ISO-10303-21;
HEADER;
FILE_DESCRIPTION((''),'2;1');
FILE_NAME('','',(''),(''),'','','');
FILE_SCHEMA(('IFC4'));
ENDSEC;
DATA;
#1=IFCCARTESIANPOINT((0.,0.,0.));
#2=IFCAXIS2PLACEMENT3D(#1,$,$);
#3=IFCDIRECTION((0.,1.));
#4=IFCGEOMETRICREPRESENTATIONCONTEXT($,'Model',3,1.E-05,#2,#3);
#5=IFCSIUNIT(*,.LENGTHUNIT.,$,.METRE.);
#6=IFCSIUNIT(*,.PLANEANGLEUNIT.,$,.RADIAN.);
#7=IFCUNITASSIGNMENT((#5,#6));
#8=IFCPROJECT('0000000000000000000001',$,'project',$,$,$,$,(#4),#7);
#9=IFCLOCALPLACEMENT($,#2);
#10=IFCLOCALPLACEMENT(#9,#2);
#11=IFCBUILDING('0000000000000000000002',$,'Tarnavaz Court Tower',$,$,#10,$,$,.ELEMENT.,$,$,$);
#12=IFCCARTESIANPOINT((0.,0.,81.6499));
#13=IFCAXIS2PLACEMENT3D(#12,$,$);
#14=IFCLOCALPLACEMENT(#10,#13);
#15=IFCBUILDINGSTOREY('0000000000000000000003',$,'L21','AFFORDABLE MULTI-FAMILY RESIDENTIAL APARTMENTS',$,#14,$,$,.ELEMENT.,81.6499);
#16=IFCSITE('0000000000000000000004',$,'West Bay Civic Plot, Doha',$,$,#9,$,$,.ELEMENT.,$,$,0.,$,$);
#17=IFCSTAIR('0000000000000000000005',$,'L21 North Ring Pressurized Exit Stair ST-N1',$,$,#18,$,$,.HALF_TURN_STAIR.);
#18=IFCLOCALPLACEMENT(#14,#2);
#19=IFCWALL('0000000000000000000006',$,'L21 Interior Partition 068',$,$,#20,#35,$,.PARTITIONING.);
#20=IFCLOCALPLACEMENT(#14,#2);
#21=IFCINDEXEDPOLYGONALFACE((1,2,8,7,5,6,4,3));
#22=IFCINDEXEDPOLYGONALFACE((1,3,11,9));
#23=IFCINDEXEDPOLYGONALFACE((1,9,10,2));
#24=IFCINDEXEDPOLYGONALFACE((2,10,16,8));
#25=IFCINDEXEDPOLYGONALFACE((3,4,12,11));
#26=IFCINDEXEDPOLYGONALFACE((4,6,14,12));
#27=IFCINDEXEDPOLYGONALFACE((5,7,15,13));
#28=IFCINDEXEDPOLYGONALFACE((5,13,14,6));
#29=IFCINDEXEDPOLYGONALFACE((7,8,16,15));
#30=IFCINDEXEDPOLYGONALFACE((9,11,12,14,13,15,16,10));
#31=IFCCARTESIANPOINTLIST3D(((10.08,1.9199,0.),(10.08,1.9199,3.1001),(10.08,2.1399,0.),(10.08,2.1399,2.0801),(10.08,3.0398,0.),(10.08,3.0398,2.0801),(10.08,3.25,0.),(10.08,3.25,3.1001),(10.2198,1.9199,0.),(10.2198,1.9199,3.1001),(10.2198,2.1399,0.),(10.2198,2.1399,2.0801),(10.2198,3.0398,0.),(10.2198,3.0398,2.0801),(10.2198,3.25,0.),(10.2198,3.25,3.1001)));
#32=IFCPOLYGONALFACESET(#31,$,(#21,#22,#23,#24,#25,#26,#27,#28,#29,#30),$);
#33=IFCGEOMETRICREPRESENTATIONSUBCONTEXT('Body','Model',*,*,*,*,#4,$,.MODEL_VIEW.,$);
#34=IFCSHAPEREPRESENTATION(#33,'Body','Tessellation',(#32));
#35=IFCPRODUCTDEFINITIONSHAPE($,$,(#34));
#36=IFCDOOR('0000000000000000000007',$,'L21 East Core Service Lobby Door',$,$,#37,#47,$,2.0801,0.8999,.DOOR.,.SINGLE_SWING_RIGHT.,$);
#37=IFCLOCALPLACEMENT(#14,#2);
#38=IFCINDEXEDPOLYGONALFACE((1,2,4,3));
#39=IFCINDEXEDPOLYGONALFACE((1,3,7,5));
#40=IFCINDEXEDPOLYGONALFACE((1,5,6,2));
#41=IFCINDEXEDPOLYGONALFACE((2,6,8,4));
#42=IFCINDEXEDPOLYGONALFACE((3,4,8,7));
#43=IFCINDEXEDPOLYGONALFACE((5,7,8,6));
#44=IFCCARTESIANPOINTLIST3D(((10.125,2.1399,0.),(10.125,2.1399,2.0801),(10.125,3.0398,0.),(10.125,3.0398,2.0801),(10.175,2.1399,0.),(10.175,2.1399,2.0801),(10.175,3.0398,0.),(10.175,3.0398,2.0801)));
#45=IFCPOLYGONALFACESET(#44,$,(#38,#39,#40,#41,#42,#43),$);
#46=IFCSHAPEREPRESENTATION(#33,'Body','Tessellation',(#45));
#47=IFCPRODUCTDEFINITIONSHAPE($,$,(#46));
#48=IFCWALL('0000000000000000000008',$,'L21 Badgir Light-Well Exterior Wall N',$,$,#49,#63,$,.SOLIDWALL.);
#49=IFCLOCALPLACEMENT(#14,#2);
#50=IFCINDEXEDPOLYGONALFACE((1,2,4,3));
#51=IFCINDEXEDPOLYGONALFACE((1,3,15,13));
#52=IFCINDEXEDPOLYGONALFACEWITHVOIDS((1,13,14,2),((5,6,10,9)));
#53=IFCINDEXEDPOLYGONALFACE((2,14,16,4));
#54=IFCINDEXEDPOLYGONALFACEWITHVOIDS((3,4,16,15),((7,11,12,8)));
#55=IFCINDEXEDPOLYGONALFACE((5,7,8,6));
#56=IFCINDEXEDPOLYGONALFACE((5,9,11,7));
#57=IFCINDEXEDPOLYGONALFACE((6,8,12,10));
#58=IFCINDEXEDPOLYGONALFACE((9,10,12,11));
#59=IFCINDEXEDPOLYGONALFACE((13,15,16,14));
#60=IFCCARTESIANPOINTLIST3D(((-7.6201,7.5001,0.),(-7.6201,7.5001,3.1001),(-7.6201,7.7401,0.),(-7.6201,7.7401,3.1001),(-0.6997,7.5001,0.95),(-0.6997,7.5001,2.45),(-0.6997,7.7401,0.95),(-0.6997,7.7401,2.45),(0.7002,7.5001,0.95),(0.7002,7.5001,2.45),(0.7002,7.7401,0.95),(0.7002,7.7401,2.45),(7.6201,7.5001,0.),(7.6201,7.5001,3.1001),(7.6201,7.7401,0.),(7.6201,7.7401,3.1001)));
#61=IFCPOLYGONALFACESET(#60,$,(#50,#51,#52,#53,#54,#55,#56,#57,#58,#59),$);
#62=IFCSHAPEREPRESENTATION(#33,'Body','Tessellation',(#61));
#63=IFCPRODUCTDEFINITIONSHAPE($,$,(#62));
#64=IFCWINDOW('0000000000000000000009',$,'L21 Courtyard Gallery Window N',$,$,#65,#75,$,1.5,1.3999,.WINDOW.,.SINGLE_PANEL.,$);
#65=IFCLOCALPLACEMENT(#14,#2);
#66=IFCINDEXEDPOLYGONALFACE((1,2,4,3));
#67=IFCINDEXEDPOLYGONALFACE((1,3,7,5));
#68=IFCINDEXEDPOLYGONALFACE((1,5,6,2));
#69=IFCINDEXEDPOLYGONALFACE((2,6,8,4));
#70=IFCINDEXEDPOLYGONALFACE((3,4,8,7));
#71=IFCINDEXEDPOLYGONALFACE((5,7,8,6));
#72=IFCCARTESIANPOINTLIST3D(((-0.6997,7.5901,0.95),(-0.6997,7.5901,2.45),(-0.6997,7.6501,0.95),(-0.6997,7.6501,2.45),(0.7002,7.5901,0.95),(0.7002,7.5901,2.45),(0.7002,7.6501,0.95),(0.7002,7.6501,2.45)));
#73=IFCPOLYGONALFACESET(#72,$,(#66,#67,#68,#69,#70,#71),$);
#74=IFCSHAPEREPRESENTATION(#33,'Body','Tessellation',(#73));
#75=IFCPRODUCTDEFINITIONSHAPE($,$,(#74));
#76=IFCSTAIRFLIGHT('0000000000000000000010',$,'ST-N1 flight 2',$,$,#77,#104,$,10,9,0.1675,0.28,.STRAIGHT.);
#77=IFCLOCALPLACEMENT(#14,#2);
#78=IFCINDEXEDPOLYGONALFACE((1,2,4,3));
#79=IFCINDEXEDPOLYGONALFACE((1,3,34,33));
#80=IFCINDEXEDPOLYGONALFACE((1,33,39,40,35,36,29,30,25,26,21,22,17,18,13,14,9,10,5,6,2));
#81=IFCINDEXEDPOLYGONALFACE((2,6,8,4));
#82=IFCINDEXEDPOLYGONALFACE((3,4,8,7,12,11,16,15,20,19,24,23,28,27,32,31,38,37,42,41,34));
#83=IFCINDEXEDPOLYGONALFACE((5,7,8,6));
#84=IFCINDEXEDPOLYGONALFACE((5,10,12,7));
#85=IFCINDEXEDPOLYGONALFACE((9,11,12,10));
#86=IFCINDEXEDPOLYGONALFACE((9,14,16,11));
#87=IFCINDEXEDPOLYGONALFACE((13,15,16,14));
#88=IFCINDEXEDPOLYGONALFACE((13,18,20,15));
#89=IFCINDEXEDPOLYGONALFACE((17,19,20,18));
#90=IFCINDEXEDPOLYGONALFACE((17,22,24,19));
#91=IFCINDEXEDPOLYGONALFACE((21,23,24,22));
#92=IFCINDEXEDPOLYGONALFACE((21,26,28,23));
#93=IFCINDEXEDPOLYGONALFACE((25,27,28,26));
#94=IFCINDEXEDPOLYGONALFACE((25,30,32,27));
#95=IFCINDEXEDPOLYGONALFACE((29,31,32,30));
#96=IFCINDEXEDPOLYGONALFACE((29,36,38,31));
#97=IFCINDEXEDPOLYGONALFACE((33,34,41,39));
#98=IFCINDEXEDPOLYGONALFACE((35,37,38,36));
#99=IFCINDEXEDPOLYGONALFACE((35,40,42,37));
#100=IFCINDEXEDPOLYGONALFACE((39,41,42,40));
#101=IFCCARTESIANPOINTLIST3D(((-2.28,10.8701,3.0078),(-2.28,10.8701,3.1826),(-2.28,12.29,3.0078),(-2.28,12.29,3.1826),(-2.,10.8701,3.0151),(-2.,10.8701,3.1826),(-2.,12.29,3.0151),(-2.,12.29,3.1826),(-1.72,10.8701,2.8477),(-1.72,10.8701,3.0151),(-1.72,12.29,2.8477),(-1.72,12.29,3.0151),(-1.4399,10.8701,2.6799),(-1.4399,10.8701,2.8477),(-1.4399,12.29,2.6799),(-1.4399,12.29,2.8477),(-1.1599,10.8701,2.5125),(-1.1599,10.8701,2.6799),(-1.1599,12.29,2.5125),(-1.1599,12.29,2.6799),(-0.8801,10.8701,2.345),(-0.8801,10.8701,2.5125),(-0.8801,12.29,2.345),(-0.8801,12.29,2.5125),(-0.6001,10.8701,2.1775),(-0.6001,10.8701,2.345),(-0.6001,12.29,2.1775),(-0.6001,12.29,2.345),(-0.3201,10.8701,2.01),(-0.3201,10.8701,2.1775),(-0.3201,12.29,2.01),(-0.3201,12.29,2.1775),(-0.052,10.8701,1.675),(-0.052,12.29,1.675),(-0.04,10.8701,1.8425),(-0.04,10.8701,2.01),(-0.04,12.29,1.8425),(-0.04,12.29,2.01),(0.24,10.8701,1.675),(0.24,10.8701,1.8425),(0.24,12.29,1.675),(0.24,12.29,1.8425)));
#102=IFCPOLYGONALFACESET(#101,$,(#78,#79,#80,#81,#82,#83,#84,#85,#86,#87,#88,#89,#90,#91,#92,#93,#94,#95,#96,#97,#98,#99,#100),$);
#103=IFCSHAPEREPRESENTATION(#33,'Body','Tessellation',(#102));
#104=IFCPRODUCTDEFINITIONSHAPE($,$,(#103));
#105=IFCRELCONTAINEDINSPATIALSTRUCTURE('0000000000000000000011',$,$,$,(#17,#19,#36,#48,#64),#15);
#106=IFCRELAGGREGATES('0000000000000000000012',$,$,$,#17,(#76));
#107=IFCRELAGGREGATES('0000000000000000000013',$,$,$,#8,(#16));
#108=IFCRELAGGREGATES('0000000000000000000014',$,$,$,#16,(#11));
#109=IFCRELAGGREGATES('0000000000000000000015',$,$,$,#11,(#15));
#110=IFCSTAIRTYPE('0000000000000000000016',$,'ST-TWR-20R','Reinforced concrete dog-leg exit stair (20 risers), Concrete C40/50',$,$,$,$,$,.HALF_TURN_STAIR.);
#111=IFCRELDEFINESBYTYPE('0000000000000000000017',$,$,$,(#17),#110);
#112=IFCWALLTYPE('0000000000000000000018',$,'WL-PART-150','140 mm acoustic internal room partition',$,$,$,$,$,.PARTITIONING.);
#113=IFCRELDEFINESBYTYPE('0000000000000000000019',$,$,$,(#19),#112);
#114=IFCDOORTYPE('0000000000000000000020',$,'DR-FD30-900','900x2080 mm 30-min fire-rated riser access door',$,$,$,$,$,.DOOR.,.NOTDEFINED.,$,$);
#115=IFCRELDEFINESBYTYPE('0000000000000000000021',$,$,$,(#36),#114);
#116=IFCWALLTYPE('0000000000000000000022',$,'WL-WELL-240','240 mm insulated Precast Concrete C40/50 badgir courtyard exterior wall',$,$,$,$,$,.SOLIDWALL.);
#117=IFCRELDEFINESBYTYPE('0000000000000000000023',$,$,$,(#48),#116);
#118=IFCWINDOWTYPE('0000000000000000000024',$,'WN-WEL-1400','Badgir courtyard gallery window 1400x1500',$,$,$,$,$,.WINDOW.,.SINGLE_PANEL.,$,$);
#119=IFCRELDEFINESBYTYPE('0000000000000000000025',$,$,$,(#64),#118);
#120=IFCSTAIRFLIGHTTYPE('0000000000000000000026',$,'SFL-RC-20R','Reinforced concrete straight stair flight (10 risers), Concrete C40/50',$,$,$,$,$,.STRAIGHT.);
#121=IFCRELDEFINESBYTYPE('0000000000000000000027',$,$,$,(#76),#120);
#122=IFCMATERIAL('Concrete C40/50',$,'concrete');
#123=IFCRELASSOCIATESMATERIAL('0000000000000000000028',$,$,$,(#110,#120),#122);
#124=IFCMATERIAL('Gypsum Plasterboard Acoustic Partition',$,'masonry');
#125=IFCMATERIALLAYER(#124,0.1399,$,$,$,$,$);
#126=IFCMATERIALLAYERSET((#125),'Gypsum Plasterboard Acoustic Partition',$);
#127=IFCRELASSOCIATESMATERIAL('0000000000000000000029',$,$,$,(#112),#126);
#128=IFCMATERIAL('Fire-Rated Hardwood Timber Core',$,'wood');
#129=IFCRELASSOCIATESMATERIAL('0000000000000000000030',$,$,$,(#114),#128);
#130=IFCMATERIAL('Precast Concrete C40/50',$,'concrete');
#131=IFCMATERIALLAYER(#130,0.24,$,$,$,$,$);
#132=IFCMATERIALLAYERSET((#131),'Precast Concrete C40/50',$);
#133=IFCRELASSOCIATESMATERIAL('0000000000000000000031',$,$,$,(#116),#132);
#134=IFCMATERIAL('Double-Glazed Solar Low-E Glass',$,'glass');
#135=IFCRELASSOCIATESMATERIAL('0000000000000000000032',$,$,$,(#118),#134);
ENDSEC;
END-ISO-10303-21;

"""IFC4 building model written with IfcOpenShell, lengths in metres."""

from ifc_helpers import new_model, si_unit, direction, frame, frame_2d, origin, place, context, subcontext, project, spatial, polyline, rectangle, outline, extrude, material, layer, layer_set, type_object, element, fill, aggregate, save


model = new_model("IFC4")

# Units and contexts
model_context = context("Model", 3, precision=1e-05, world=origin(), true_north=direction((0.0, 1.0)))
body_context = subcontext(model_context, "Body", "Model", "MODEL_VIEW")
ifc_project = project(units=[si_unit("LENGTHUNIT", "METRE"), si_unit("PLANEANGLEUNIT", "RADIAN")], contexts=[model_context])

# Site, building, storey
site_placement = place(None, origin())
site = spatial("IfcSite", under=ifc_project, at=site_placement, Name="West Bay Civic Plot, Doha", CompositionType="ELEMENT", RefElevation=0.0)
building_placement = place(site_placement, origin())
building = spatial("IfcBuilding", under=site, at=building_placement, Name="Tarnavaz Court Tower", CompositionType="ELEMENT")
storey_placement = place(building_placement, frame((0.0, 0.0, 81.6499)))
storey = spatial("IfcBuildingStorey", under=building, at=storey_placement, Name="L21", Description="AFFORDABLE MULTI-FAMILY RESIDENTIAL APARTMENTS", CompositionType="ELEMENT", Elevation=81.6499)

# Stair
ifc_material_1 = material(Name="Concrete C40/50", Category="concrete")
stair_type = type_object("IfcStairType", Name="ST-TWR-20R", Description="Reinforced concrete dog-leg exit stair (20 risers), Concrete C40/50", PredefinedType="HALF_TURN_STAIR", material=ifc_material_1)
stair_1_placement = place(storey_placement, origin())
stair_1 = element("IfcStair", 1, at=stair_1_placement, inside=storey, type_object=stair_type, Name="L21 North Ring Pressurized Exit Stair ST-N1", PredefinedType="HALF_TURN_STAIR")

# Shared definitions
ifc_material_2 = material(Name="Fire-Rated Hardwood Timber Core", Category="wood")

# Wall, opening, door
ifc_material_3 = material(Name="Gypsum Plasterboard Acoustic Partition", Category="masonry")
ifc_layer_1 = layer(ifc_material_3, 0.1399)
ifc_layer_set_1 = layer_set([ifc_layer_1], Name="Gypsum Plasterboard Acoustic Partition")
wall_type_1 = type_object("IfcWallType", Name="WL-PART-150", Description="140 mm acoustic internal room partition", PredefinedType="PARTITIONING", material=ifc_layer_set_1)
wall_1_placement = place(storey_placement, frame((10.1499, 1.9199, 0.0), z_axis=(0.0, 0.0, 1.0), x_axis=(0.0, 1.0, 0.0)))
wall_1 = element("IfcWall", 2, at=wall_1_placement, inside=storey, type_object=wall_type_1, Name="L21 Interior Partition 068", PredefinedType="PARTITIONING", context=body_context, shape_type="SweptSolid", body=[
    extrude(rectangle(XDim=1.3301, YDim=0.1399, at=frame_2d((0.665, 0.0))), origin(), (0.0, 0.0, 1.0), 3.1001),
])
opening_1_placement = place(wall_1_placement, frame((0.22, 0.0, 0.0)))
opening_1 = element("IfcOpeningElement", 3, at=opening_1_placement, cuts=wall_1, PredefinedType="OPENING", context=body_context, shape_type="SweptSolid", body=[
    extrude(rectangle(XDim=0.8999, YDim=2.0801, at=frame_2d((0.45, 1.04))), frame((0.0, 0.0798, 0.0), z_axis=(0.0, -1.0, 0.0), x_axis=(1.0, 0.0, 0.0)), (0.0, 0.0, 1.0), 0.1599),
])
door_type_1 = type_object("IfcDoorType", Name="DR-FD30-900", Description="900x2080 mm 30-min fire-rated riser access door", OperationType="NOTDEFINED", PredefinedType="DOOR", material=ifc_material_2)
door_1_placement = place(opening_1_placement, origin())
door_1 = element("IfcDoor", 4, at=door_1_placement, inside=storey, type_object=door_type_1, Name="L21 East Core Service Lobby Door", OperationType="SINGLE_SWING_RIGHT", OverallHeight=2.0801, OverallWidth=0.8999, PredefinedType="DOOR", context=body_context, shape_type="SweptSolid", body=[
    extrude(rectangle(XDim=0.8999, YDim=2.0801, at=frame_2d((0.45, 1.04))), frame((0.0, 0.0249, 0.0), z_axis=(0.0, -1.0, 0.0), x_axis=(1.0, 0.0, 0.0)), (0.0, 0.0, 1.0), 0.05),
])
fill(opening_1, door_1)

# Wall, opening, window
ifc_material_4 = material(Name="Precast Concrete C40/50", Category="concrete")
ifc_layer_2 = layer(ifc_material_4, 0.24)
ifc_layer_set_2 = layer_set([ifc_layer_2], Name="Precast Concrete C40/50")
wall_type_2 = type_object("IfcWallType", Name="WL-WELL-240", Description="240 mm insulated Precast Concrete C40/50 badgir courtyard exterior wall", PredefinedType="SOLIDWALL", material=ifc_layer_set_2)
wall_2_placement = place(storey_placement, frame((7.6201, 7.6201, 0.0), z_axis=(0.0, 0.0, 1.0), x_axis=(-1.0, 0.0, 0.0)))
wall_2 = element("IfcWall", 5, at=wall_2_placement, inside=storey, type_object=wall_type_2, Name="L21 Badgir Light-Well Exterior Wall N", PredefinedType="SOLIDWALL", context=body_context, shape_type="SweptSolid", body=[
    extrude(rectangle(XDim=15.2402, YDim=0.24, at=frame_2d((7.6201, 0.0))), origin(), (0.0, 0.0, 1.0), 3.1001),
])
opening_2_placement = place(wall_2_placement, frame((6.9199, 0.0, 0.95)))
opening_2 = element("IfcOpeningElement", 6, at=opening_2_placement, cuts=wall_2, PredefinedType="OPENING", context=body_context, shape_type="SweptSolid", body=[
    extrude(rectangle(XDim=1.3999, YDim=1.5, at=frame_2d((0.7, 0.75))), frame((0.0, 0.1299, 0.0), z_axis=(0.0, -1.0, 0.0), x_axis=(1.0, 0.0, 0.0)), (0.0, 0.0, 1.0), 0.26),
])
ifc_material_5 = material(Name="Double-Glazed Solar Low-E Glass", Category="glass")
window_type = type_object("IfcWindowType", Name="WN-WEL-1400", Description="Badgir courtyard gallery window 1400x1500", PartitioningType="SINGLE_PANEL", PredefinedType="WINDOW", material=ifc_material_5)
window_placement = place(opening_2_placement, origin())
window = element("IfcWindow", 7, at=window_placement, inside=storey, type_object=window_type, Name="L21 Courtyard Gallery Window N", OverallHeight=1.5, OverallWidth=1.3999, PartitioningType="SINGLE_PANEL", PredefinedType="WINDOW", context=body_context, shape_type="SweptSolid", body=[
    extrude(rectangle(XDim=1.3999, YDim=1.5, at=frame_2d((0.7, 0.75))), frame((0.0, 0.03, 0.0), z_axis=(0.0, -1.0, 0.0), x_axis=(1.0, 0.0, 0.0)), (0.0, 0.0, 1.0), 0.0601),
])
fill(opening_2, window)

# Stair flight
stair_flight_type = type_object("IfcStairFlightType", Name="SFL-RC-20R", Description="Reinforced concrete straight stair flight (10 risers), Concrete C40/50", PredefinedType="STRAIGHT", material=ifc_material_1)
stair_flight_placement = place(storey_placement, frame((0.24, 11.5801, 1.675), z_axis=(0.0, 0.0, 1.0), x_axis=(-1.0, 0.0, 0.0)))
stair_flight = element("IfcStairFlight", 8, at=stair_flight_placement, type_object=stair_flight_type, Name="ST-N1 flight 2", NumberOfRisers=10, NumberOfTreads=9, PredefinedType="STRAIGHT", RiserHeight=0.1675, TreadLength=0.28, context=body_context, shape_type="SweptSolid", body=[
    extrude(outline(polyline([(0.0, 0.0), (0.0, 0.1675), (0.28, 0.1675), (0.28, 0.335), (0.5601, 0.335), (0.5601, 0.5024), (0.8401, 0.5024), (0.8401, 0.6699), (1.1201, 0.6699), (1.1201, 0.8374), (1.3999, 0.8374), (1.3999, 1.0049), (1.6799, 1.0049), (1.6799, 1.1726), (1.96, 1.1726), (1.96, 1.3401), (2.24, 1.3401), (2.24, 1.5076), (2.52, 1.5076), (2.52, 1.675), (2.52, 1.3328), (0.292, 0.0), (0.0, 0.0)])), frame((0.0, 0.71, 0.0), z_axis=(0.0, -1.0, 0.0), x_axis=(1.0, 0.0, 0.0)), (0.0, 0.0, 1.0), 1.4199),
])
aggregate(stair_1, [stair_flight])

save(model, "model.ifc")
